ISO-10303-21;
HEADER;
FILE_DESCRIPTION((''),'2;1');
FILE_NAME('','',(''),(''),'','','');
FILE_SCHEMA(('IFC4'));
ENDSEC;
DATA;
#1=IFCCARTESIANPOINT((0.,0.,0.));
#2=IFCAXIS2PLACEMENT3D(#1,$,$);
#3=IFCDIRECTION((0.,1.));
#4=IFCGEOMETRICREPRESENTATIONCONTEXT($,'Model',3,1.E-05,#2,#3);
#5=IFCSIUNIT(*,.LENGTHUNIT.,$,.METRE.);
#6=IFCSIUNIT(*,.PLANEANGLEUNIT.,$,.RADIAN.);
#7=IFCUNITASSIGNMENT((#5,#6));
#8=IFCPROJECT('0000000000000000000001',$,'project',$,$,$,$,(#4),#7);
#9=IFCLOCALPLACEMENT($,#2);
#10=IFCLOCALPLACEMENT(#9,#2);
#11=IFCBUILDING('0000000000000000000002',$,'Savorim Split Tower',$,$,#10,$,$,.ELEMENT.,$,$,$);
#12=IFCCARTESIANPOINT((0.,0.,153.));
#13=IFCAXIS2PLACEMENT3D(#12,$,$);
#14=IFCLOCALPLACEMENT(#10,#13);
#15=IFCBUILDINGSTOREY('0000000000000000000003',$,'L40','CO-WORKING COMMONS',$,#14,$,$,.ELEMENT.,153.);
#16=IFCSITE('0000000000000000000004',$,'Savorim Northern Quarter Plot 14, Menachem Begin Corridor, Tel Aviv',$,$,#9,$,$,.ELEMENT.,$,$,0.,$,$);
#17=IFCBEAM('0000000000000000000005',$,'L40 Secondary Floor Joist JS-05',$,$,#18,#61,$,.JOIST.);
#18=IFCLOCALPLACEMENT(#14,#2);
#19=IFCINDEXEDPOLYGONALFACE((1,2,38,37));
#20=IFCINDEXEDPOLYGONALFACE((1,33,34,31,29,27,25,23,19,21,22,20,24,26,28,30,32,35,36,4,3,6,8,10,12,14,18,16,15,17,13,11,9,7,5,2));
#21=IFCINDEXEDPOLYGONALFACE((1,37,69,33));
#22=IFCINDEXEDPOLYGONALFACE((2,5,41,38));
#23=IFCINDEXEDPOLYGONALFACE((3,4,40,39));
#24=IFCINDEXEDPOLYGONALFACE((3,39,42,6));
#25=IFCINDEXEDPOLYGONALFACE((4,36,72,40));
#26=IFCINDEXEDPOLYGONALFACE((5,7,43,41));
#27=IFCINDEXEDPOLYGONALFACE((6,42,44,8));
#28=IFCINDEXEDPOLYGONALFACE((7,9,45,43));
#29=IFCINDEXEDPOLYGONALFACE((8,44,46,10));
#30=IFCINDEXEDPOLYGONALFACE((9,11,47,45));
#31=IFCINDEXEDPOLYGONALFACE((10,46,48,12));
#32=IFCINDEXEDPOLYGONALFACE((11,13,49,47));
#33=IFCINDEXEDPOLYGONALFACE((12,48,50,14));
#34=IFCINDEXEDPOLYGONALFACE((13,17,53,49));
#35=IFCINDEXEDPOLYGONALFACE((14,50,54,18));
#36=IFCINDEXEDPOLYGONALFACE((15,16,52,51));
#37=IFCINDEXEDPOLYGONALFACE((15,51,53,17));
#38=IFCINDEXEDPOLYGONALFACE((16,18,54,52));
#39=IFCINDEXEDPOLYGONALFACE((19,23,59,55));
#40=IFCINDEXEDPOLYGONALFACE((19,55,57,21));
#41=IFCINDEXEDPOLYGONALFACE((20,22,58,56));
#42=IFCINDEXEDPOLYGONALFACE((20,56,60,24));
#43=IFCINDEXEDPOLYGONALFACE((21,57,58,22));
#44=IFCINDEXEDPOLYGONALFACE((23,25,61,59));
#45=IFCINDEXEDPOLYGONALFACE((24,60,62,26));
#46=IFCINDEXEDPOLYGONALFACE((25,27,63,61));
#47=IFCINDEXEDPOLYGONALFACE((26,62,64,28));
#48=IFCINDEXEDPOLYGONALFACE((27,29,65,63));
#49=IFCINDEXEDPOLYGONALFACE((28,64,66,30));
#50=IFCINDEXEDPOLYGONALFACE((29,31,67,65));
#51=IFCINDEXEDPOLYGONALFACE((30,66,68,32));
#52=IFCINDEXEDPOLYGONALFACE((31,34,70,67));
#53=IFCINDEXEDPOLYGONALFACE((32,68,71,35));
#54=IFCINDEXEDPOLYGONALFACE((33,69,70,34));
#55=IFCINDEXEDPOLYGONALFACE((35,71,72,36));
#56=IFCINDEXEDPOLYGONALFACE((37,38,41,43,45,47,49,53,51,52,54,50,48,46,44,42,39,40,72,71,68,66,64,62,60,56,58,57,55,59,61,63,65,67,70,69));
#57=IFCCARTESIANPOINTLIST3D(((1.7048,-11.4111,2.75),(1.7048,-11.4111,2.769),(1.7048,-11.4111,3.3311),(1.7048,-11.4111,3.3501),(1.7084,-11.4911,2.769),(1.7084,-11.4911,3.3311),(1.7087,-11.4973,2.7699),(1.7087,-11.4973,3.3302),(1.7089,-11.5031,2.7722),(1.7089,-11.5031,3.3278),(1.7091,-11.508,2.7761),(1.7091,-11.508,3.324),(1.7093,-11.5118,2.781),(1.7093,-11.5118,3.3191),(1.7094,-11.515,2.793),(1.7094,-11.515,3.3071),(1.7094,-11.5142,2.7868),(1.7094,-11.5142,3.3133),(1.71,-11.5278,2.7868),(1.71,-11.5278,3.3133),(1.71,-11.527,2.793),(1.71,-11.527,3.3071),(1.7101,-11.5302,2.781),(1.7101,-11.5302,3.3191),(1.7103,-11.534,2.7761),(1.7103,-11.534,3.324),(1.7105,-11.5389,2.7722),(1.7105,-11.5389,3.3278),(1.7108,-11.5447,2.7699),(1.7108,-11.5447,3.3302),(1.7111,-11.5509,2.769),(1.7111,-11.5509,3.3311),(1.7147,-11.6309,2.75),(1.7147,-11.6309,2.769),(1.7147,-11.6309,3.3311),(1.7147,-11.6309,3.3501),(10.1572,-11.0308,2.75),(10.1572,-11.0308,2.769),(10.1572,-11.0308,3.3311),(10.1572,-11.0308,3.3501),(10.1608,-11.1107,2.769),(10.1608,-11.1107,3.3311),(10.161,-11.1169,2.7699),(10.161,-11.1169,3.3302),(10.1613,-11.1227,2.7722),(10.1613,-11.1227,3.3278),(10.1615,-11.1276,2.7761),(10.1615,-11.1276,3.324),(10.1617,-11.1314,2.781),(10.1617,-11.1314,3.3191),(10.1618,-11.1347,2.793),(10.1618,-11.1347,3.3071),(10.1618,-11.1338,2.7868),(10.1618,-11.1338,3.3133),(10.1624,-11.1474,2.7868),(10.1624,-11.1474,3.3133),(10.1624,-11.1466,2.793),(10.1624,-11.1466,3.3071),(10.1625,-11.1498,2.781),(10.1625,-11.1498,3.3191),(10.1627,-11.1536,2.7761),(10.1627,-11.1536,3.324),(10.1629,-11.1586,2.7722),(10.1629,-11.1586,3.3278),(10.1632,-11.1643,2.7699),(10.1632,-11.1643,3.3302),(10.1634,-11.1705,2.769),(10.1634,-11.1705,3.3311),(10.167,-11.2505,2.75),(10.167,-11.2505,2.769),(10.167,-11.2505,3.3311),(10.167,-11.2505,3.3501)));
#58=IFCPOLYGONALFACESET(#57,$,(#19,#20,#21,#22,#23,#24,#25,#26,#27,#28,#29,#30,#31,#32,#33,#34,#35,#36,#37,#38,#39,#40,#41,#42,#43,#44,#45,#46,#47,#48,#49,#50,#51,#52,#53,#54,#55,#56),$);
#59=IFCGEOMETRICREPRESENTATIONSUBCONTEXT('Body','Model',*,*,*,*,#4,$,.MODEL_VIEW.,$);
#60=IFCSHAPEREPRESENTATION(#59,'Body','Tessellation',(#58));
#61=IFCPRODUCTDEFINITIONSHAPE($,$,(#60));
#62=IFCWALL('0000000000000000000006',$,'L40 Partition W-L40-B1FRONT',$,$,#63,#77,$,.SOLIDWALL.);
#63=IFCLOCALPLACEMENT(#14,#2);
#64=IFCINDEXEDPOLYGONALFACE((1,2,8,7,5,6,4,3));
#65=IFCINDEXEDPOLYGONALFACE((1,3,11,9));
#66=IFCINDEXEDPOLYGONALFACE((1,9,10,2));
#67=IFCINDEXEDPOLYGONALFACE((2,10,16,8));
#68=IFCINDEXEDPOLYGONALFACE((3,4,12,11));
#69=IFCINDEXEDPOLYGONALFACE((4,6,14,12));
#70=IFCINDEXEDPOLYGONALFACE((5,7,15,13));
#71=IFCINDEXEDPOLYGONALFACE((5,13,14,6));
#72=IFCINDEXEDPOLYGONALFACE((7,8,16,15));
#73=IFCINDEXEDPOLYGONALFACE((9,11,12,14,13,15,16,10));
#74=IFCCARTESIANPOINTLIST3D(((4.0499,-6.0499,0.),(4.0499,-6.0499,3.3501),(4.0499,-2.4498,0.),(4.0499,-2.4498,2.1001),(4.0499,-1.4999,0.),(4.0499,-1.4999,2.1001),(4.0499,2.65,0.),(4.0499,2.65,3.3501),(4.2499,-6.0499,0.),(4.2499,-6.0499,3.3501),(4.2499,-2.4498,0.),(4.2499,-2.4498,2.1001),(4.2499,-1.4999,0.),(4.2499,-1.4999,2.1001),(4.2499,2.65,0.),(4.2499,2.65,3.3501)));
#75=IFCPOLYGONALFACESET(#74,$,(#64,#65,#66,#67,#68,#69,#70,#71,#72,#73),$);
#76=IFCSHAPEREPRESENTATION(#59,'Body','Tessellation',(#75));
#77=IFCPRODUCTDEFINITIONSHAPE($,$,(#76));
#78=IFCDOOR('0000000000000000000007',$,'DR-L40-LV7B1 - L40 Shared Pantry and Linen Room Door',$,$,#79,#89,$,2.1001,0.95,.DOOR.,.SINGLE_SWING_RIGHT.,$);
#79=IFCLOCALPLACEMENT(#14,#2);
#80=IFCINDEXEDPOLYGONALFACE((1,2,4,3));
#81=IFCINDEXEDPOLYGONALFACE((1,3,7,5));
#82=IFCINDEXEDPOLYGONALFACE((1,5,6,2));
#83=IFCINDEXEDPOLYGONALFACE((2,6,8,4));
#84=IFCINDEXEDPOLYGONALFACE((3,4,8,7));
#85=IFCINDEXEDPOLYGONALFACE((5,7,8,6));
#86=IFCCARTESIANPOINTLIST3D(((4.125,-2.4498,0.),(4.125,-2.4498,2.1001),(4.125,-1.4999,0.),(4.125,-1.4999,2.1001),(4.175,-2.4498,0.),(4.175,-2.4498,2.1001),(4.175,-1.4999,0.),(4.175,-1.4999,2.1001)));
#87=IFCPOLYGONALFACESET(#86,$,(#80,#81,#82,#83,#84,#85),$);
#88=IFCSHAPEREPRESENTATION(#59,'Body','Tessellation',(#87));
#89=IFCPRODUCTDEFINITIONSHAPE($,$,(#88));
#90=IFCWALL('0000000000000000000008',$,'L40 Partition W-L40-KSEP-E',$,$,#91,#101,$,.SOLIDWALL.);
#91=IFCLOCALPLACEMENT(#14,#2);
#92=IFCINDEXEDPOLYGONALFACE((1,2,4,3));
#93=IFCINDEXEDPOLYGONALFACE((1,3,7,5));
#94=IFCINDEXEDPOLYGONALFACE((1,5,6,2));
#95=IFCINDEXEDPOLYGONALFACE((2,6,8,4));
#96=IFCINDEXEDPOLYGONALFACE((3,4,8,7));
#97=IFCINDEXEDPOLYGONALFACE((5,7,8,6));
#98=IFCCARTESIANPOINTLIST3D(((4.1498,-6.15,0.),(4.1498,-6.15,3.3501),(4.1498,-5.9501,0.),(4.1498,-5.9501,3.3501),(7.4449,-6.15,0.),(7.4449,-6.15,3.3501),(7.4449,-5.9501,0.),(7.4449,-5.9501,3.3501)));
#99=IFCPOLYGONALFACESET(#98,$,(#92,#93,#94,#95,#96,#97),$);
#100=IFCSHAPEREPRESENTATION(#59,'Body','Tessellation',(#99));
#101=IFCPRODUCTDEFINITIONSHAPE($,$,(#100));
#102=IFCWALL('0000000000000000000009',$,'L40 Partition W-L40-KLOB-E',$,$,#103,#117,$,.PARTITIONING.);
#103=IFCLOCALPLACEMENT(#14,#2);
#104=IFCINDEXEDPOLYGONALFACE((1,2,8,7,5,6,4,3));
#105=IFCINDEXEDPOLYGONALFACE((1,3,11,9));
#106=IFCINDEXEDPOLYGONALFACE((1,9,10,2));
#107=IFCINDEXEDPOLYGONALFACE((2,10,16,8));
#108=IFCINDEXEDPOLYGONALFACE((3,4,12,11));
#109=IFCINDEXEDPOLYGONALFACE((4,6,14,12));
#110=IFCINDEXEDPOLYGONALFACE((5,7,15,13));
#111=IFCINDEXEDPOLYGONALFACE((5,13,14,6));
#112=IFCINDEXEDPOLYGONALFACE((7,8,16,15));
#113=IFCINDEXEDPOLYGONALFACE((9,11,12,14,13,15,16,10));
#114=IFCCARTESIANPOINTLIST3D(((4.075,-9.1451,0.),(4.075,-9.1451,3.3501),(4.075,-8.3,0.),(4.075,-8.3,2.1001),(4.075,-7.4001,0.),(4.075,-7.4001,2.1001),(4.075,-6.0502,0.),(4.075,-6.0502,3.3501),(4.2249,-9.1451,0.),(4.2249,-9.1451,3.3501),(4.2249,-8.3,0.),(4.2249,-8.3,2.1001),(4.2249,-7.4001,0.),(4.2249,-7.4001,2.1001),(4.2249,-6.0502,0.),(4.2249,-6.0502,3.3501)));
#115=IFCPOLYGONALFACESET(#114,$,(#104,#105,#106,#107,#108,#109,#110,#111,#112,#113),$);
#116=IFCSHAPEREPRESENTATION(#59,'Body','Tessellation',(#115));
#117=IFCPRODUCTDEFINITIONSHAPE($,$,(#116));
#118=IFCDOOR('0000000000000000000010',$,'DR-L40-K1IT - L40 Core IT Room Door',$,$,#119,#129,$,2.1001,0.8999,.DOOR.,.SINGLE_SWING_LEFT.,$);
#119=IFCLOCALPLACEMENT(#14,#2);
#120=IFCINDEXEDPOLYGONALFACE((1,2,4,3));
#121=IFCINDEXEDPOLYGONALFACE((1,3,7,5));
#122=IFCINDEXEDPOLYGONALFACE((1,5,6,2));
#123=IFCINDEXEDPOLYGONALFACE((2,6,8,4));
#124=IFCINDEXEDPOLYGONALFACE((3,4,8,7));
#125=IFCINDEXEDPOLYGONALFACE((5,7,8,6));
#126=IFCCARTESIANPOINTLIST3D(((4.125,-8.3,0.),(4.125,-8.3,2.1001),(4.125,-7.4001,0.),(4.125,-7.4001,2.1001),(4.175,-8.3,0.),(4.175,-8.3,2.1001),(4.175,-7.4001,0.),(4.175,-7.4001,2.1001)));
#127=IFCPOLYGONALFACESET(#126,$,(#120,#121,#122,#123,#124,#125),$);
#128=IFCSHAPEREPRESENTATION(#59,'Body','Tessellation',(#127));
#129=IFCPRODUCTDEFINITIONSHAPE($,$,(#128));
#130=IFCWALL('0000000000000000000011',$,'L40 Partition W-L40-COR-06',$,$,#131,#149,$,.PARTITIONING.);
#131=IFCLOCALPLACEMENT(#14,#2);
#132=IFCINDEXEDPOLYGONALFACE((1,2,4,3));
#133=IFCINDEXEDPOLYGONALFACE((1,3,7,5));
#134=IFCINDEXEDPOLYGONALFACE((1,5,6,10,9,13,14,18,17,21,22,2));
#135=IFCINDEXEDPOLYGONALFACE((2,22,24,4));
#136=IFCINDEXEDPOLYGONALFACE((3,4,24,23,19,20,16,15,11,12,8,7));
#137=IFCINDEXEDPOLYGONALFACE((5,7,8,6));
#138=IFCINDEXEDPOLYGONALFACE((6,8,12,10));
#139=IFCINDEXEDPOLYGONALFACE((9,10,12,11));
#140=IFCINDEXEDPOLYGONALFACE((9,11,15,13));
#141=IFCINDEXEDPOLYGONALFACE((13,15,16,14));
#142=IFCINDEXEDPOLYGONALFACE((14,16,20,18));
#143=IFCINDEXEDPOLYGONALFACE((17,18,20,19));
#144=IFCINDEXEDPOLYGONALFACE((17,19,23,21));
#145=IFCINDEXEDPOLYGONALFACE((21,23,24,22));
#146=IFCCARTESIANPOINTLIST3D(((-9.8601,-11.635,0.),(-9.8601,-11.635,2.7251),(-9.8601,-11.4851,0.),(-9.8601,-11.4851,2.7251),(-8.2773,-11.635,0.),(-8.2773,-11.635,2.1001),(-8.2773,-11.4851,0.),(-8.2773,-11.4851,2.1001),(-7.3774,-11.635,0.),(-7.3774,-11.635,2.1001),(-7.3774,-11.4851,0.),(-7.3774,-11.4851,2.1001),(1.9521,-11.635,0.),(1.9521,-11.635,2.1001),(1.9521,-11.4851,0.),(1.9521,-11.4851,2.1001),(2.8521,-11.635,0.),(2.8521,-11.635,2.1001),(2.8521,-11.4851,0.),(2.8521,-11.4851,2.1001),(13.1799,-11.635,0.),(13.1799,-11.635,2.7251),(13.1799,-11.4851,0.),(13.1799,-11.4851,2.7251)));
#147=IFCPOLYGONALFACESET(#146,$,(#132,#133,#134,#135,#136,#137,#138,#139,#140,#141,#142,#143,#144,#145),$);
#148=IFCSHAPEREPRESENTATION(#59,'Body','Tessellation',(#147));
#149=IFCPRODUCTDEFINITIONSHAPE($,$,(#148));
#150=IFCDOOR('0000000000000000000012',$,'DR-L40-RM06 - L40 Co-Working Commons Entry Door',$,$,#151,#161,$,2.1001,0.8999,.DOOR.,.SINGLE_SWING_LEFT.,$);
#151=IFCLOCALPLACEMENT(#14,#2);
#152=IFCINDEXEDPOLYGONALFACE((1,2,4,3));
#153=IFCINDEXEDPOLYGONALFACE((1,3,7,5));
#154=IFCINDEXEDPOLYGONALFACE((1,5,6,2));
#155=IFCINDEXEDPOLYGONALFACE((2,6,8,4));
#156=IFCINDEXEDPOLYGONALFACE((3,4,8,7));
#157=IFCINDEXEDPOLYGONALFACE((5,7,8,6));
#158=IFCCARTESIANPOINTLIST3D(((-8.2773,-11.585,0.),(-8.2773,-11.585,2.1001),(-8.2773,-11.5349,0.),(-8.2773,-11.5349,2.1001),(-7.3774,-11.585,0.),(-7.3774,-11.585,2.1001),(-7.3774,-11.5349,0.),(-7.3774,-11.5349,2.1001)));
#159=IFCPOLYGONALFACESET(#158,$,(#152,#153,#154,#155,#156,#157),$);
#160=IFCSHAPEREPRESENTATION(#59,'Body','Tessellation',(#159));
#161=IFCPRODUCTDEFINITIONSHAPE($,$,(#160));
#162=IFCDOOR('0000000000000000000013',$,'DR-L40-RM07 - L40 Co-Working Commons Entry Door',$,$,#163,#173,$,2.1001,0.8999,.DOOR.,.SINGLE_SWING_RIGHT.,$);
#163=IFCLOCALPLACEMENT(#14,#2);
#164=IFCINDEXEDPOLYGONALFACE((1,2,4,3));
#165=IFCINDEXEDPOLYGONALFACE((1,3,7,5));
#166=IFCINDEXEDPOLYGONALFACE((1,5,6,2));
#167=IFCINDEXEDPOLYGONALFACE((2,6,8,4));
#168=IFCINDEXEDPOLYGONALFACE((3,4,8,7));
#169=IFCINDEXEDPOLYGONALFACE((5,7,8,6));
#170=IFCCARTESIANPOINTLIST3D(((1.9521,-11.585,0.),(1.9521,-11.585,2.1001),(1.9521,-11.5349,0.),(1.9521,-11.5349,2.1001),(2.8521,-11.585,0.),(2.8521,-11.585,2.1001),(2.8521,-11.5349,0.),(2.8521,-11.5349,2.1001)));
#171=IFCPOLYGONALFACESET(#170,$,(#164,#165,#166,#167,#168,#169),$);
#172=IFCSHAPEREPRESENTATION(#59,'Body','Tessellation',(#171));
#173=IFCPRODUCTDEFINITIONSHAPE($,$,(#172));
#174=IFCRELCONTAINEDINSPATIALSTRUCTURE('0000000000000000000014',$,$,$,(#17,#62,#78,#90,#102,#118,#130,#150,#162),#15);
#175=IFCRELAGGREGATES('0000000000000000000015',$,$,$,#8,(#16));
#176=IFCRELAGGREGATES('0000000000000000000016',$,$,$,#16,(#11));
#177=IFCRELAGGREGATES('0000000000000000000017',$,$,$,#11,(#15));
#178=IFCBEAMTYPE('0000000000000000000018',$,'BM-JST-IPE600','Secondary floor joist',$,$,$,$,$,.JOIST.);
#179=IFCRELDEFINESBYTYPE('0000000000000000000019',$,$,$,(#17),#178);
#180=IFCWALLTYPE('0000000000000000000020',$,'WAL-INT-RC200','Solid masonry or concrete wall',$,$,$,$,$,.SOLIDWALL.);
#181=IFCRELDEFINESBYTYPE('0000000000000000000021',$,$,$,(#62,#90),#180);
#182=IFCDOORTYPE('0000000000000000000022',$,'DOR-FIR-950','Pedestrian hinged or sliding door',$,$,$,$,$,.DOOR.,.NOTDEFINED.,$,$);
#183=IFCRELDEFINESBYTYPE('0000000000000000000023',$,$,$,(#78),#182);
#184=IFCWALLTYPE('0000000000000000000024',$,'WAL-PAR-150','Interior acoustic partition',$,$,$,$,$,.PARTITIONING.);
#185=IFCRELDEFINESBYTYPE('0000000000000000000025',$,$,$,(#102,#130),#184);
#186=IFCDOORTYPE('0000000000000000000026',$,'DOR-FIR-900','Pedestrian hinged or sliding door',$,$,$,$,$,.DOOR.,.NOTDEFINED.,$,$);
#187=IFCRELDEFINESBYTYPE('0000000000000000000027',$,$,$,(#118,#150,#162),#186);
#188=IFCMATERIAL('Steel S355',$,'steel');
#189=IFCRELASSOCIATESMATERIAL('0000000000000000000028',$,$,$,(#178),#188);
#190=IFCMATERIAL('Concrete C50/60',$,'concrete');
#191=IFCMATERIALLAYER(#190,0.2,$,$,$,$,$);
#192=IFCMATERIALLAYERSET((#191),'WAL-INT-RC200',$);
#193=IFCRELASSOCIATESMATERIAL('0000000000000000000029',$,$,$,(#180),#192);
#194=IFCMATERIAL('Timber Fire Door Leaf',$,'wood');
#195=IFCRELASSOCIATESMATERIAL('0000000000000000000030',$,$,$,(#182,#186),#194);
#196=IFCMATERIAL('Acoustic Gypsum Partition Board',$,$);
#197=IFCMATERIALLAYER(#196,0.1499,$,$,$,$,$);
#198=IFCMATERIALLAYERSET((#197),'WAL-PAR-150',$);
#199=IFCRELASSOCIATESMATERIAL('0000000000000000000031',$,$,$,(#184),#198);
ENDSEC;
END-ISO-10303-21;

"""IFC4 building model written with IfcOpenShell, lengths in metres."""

from ifc_helpers import new_model, si_unit, direction, frame, frame_2d, origin, origin_2d, place, context, subcontext, project, spatial, rectangle, i_section, extrude, material, layer, layer_set, material_profile, profile_set, type_object, element, fill, save


model = new_model("IFC4")

# Units and contexts
model_context = context("Model", 3, precision=1e-05, world=origin(), true_north=direction((0.0, 1.0)))
body_context = subcontext(model_context, "Body", "Model", "MODEL_VIEW")
ifc_project = project(units=[si_unit("LENGTHUNIT", "METRE"), si_unit("PLANEANGLEUNIT", "RADIAN")], contexts=[model_context])

# Site, building, storey
site_placement = place(None, origin())
site = spatial("IfcSite", under=ifc_project, at=site_placement, Name="Savorim Northern Quarter Plot 14, Menachem Begin Corridor, Tel Aviv", CompositionType="ELEMENT", RefElevation=0.0)
building_placement = place(site_placement, origin())
building = spatial("IfcBuilding", under=site, at=building_placement, Name="Savorim Split Tower", CompositionType="ELEMENT")
storey_placement = place(building_placement, frame((0.0, 0.0, 153.0)))
storey = spatial("IfcBuildingStorey", under=building, at=storey_placement, Name="L40", Description="CO-WORKING COMMONS", CompositionType="ELEMENT", Elevation=153.0)

# Beam
ifc_material_1 = material(Name="Steel S355", Category="steel")
ifc_material_profile_1 = material_profile(ifc_material_1, i_section(OverallWidth=0.22, OverallDepth=0.6001, WebThickness=0.012, FlangeThickness=0.019, FilletRadius=0.0239, at=origin_2d()), Name="IPE 600")
ifc_profile_set_1 = profile_set([ifc_material_profile_1], Name="Steel S355")
beam_type_1 = type_object("IfcBeamType", Name="BM-JST-IPE600", Description="Secondary floor joist", PredefinedType="JOIST", material=ifc_profile_set_1)
beam_1_placement = place(storey_placement, frame((1.7097, -11.521, 3.05), z_axis=(0.998989, 0.044956, 0.0), x_axis=(-0.044956, 0.998989, 0.0)))
element("IfcBeam", 1, at=beam_1_placement, inside=storey, type_object=beam_type_1, Name="L40 Secondary Floor Joist JS-05", PredefinedType="JOIST", context=body_context, shape_type="SweptSolid", body=[
    extrude(i_section(OverallWidth=0.22, OverallDepth=0.6001, WebThickness=0.012, FlangeThickness=0.019, FilletRadius=0.0239, at=origin_2d()), origin(), (0.0, 0.0, 1.0), 8.4609),
])

# Wall, opening, door
ifc_material_2 = material(Name="Concrete C50/60", Category="concrete")
ifc_layer_1 = layer(ifc_material_2, 0.2)
ifc_layer_set_1 = layer_set([ifc_layer_1], Name="WAL-INT-RC200")
wall_type_1 = type_object("IfcWallType", Name="WAL-INT-RC200", Description="Solid masonry or concrete wall", PredefinedType="SOLIDWALL", material=ifc_layer_set_1)
wall_1_placement = place(storey_placement, frame((4.1499, -6.05, 0.0), z_axis=(0.0, 0.0, 1.0), x_axis=(0.0, 1.0, 0.0)))
wall_1 = element("IfcWall", 2, at=wall_1_placement, inside=storey, type_object=wall_type_1, Name="L40 Partition W-L40-B1FRONT", PredefinedType="SOLIDWALL", context=body_context, shape_type="SweptSolid", body=[
    extrude(rectangle(XDim=8.7, YDim=0.2, at=frame_2d((4.3501, 0.0))), origin(), (0.0, 0.0, 1.0), 3.3501),
])
opening_1_placement = place(wall_1_placement, frame((3.6001, 0.0, 0.0)))
opening_1 = element("IfcOpeningElement", 3, at=opening_1_placement, cuts=wall_1, PredefinedType="OPENING", context=body_context, shape_type="SweptSolid", body=[
    extrude(rectangle(XDim=0.95, YDim=2.1001, at=frame_2d((0.4751, 1.05))), frame((0.0, 0.1099, 0.0), z_axis=(0.0, -1.0, 0.0), x_axis=(1.0, 0.0, 0.0)), (0.0, 0.0, 1.0), 0.22),
])
ifc_material_3 = material(Name="Timber Fire Door Leaf", Category="wood")
door_type_1 = type_object("IfcDoorType", Name="DOR-FIR-950", Description="Pedestrian hinged or sliding door", OperationType="NOTDEFINED", PredefinedType="DOOR", material=ifc_material_3)
door_1_placement = place(opening_1_placement, origin())
door_1 = element("IfcDoor", 4, at=door_1_placement, inside=storey, type_object=door_type_1, Name="DR-L40-LV7B1 - L40 Shared Pantry and Linen Room Door", OperationType="SINGLE_SWING_RIGHT", OverallHeight=2.1001, OverallWidth=0.95, PredefinedType="DOOR", context=body_context, shape_type="SweptSolid", body=[
    extrude(rectangle(XDim=0.95, YDim=2.1001, at=frame_2d((0.4751, 1.05))), frame((0.0, 0.0249, 0.0), z_axis=(0.0, -1.0, 0.0), x_axis=(1.0, 0.0, 0.0)), (0.0, 0.0, 1.0), 0.05),
])
fill(opening_1, door_1)

# Wall
wall_2_placement = place(storey_placement, frame((4.1499, -6.05, 0.0), z_axis=(0.0, 0.0, 1.0), x_axis=(1.0, 0.0, 0.0)))
element("IfcWall", 5, at=wall_2_placement, inside=storey, type_object=wall_type_1, Name="L40 Partition W-L40-KSEP-E", PredefinedType="SOLIDWALL", context=body_context, shape_type="SweptSolid", body=[
    extrude(rectangle(XDim=3.2952, YDim=0.2, at=frame_2d((1.6475, 0.0))), origin(), (0.0, 0.0, 1.0), 3.3501),
])

# Wall, opening, door
ifc_material_4 = material(Name="Acoustic Gypsum Partition Board")
ifc_layer_2 = layer(ifc_material_4, 0.1499)
ifc_layer_set_2 = layer_set([ifc_layer_2], Name="WAL-PAR-150")
wall_type_2 = type_object("IfcWallType", Name="WAL-PAR-150", Description="Interior acoustic partition", PredefinedType="PARTITIONING", material=ifc_layer_set_2)
wall_3_placement = place(storey_placement, frame((4.1499, -9.145, 0.0), z_axis=(0.0, 0.0, 1.0), x_axis=(0.0, 1.0, 0.0)))
wall_3 = element("IfcWall", 6, at=wall_3_placement, inside=storey, type_object=wall_type_2, Name="L40 Partition W-L40-KLOB-E", PredefinedType="PARTITIONING", context=body_context, shape_type="SweptSolid", body=[
    extrude(rectangle(XDim=3.095, YDim=0.1499, at=frame_2d((1.5474, 0.0))), origin(), (0.0, 0.0, 1.0), 3.3501),
])
opening_2_placement = place(wall_3_placement, frame((0.845, 0.0, 0.0)))
opening_2 = element("IfcOpeningElement", 7, at=opening_2_placement, cuts=wall_3, PredefinedType="OPENING", context=body_context, shape_type="SweptSolid", body=[
    extrude(rectangle(XDim=0.8999, YDim=2.1001, at=frame_2d((0.45, 1.05))), frame((0.0, 0.085, 0.0), z_axis=(0.0, -1.0, 0.0), x_axis=(1.0, 0.0, 0.0)), (0.0, 0.0, 1.0), 0.1699),
])
door_type_2 = type_object("IfcDoorType", Name="DOR-FIR-900", Description="Pedestrian hinged or sliding door", OperationType="NOTDEFINED", PredefinedType="DOOR", material=ifc_material_3)
door_2_placement = place(opening_2_placement, origin())
door_2 = element("IfcDoor", 8, at=door_2_placement, inside=storey, type_object=door_type_2, Name="DR-L40-K1IT - L40 Core IT Room Door", OperationType="SINGLE_SWING_LEFT", OverallHeight=2.1001, OverallWidth=0.8999, PredefinedType="DOOR", context=body_context, shape_type="SweptSolid", body=[
    extrude(rectangle(XDim=0.8999, YDim=2.1001, at=frame_2d((0.45, 1.05))), frame((0.0, 0.0249, 0.0), z_axis=(0.0, -1.0, 0.0), x_axis=(1.0, 0.0, 0.0)), (0.0, 0.0, 1.0), 0.05),
])
fill(opening_2, door_2)

# Wall, openings, doors
wall_4_placement = place(storey_placement, frame((13.1799, -11.5601, 0.0), z_axis=(0.0, 0.0, 1.0), x_axis=(-1.0, 0.0, 0.0)))
wall_4 = element("IfcWall", 9, at=wall_4_placement, inside=storey, type_object=wall_type_2, Name="L40 Partition W-L40-COR-06", PredefinedType="PARTITIONING", context=body_context, shape_type="SweptSolid", body=[
    extrude(rectangle(XDim=23.04, YDim=0.1499, at=frame_2d((11.52, 0.0))), origin(), (0.0, 0.0, 1.0), 2.7251),
])
opening_3_placement = place(wall_4_placement, frame((20.5574, 0.0, 0.0)))
opening_3 = element("IfcOpeningElement", 10, at=opening_3_placement, cuts=wall_4, PredefinedType="OPENING", context=body_context, shape_type="SweptSolid", body=[
    extrude(rectangle(XDim=0.8999, YDim=2.1001, at=frame_2d((0.45, 1.05))), frame((0.0, 0.085, 0.0), z_axis=(0.0, -1.0, 0.0), x_axis=(1.0, 0.0, 0.0)), (0.0, 0.0, 1.0), 0.1699),
])
opening_4_placement = place(wall_4_placement, frame((10.3279, 0.0, 0.0)))
opening_4 = element("IfcOpeningElement", 11, at=opening_4_placement, cuts=wall_4, PredefinedType="OPENING", context=body_context, shape_type="SweptSolid", body=[
    extrude(rectangle(XDim=0.8999, YDim=2.1001, at=frame_2d((0.45, 1.05))), frame((0.0, 0.085, 0.0), z_axis=(0.0, -1.0, 0.0), x_axis=(1.0, 0.0, 0.0)), (0.0, 0.0, 1.0), 0.1699),
])
door_3_placement = place(opening_3_placement, origin())
door_3 = element("IfcDoor", 12, at=door_3_placement, inside=storey, type_object=door_type_2, Name="DR-L40-RM06 - L40 Co-Working Commons Entry Door", OperationType="SINGLE_SWING_LEFT", OverallHeight=2.1001, OverallWidth=0.8999, PredefinedType="DOOR", context=body_context, shape_type="SweptSolid", body=[
    extrude(rectangle(XDim=0.8999, YDim=2.1001, at=frame_2d((0.45, 1.05))), frame((0.0, 0.0249, 0.0), z_axis=(0.0, -1.0, 0.0), x_axis=(1.0, 0.0, 0.0)), (0.0, 0.0, 1.0), 0.05),
])
fill(opening_3, door_3)
door_4_placement = place(opening_4_placement, origin())
door_4 = element("IfcDoor", 13, at=door_4_placement, inside=storey, type_object=door_type_2, Name="DR-L40-RM07 - L40 Co-Working Commons Entry Door", OperationType="SINGLE_SWING_RIGHT", OverallHeight=2.1001, OverallWidth=0.8999, PredefinedType="DOOR", context=body_context, shape_type="SweptSolid", body=[
    extrude(rectangle(XDim=0.8999, YDim=2.1001, at=frame_2d((0.45, 1.05))), frame((0.0, 0.0249, 0.0), z_axis=(0.0, -1.0, 0.0), x_axis=(1.0, 0.0, 0.0)), (0.0, 0.0, 1.0), 0.05),
])
fill(opening_4, door_4)

save(model, "model.ifc")
